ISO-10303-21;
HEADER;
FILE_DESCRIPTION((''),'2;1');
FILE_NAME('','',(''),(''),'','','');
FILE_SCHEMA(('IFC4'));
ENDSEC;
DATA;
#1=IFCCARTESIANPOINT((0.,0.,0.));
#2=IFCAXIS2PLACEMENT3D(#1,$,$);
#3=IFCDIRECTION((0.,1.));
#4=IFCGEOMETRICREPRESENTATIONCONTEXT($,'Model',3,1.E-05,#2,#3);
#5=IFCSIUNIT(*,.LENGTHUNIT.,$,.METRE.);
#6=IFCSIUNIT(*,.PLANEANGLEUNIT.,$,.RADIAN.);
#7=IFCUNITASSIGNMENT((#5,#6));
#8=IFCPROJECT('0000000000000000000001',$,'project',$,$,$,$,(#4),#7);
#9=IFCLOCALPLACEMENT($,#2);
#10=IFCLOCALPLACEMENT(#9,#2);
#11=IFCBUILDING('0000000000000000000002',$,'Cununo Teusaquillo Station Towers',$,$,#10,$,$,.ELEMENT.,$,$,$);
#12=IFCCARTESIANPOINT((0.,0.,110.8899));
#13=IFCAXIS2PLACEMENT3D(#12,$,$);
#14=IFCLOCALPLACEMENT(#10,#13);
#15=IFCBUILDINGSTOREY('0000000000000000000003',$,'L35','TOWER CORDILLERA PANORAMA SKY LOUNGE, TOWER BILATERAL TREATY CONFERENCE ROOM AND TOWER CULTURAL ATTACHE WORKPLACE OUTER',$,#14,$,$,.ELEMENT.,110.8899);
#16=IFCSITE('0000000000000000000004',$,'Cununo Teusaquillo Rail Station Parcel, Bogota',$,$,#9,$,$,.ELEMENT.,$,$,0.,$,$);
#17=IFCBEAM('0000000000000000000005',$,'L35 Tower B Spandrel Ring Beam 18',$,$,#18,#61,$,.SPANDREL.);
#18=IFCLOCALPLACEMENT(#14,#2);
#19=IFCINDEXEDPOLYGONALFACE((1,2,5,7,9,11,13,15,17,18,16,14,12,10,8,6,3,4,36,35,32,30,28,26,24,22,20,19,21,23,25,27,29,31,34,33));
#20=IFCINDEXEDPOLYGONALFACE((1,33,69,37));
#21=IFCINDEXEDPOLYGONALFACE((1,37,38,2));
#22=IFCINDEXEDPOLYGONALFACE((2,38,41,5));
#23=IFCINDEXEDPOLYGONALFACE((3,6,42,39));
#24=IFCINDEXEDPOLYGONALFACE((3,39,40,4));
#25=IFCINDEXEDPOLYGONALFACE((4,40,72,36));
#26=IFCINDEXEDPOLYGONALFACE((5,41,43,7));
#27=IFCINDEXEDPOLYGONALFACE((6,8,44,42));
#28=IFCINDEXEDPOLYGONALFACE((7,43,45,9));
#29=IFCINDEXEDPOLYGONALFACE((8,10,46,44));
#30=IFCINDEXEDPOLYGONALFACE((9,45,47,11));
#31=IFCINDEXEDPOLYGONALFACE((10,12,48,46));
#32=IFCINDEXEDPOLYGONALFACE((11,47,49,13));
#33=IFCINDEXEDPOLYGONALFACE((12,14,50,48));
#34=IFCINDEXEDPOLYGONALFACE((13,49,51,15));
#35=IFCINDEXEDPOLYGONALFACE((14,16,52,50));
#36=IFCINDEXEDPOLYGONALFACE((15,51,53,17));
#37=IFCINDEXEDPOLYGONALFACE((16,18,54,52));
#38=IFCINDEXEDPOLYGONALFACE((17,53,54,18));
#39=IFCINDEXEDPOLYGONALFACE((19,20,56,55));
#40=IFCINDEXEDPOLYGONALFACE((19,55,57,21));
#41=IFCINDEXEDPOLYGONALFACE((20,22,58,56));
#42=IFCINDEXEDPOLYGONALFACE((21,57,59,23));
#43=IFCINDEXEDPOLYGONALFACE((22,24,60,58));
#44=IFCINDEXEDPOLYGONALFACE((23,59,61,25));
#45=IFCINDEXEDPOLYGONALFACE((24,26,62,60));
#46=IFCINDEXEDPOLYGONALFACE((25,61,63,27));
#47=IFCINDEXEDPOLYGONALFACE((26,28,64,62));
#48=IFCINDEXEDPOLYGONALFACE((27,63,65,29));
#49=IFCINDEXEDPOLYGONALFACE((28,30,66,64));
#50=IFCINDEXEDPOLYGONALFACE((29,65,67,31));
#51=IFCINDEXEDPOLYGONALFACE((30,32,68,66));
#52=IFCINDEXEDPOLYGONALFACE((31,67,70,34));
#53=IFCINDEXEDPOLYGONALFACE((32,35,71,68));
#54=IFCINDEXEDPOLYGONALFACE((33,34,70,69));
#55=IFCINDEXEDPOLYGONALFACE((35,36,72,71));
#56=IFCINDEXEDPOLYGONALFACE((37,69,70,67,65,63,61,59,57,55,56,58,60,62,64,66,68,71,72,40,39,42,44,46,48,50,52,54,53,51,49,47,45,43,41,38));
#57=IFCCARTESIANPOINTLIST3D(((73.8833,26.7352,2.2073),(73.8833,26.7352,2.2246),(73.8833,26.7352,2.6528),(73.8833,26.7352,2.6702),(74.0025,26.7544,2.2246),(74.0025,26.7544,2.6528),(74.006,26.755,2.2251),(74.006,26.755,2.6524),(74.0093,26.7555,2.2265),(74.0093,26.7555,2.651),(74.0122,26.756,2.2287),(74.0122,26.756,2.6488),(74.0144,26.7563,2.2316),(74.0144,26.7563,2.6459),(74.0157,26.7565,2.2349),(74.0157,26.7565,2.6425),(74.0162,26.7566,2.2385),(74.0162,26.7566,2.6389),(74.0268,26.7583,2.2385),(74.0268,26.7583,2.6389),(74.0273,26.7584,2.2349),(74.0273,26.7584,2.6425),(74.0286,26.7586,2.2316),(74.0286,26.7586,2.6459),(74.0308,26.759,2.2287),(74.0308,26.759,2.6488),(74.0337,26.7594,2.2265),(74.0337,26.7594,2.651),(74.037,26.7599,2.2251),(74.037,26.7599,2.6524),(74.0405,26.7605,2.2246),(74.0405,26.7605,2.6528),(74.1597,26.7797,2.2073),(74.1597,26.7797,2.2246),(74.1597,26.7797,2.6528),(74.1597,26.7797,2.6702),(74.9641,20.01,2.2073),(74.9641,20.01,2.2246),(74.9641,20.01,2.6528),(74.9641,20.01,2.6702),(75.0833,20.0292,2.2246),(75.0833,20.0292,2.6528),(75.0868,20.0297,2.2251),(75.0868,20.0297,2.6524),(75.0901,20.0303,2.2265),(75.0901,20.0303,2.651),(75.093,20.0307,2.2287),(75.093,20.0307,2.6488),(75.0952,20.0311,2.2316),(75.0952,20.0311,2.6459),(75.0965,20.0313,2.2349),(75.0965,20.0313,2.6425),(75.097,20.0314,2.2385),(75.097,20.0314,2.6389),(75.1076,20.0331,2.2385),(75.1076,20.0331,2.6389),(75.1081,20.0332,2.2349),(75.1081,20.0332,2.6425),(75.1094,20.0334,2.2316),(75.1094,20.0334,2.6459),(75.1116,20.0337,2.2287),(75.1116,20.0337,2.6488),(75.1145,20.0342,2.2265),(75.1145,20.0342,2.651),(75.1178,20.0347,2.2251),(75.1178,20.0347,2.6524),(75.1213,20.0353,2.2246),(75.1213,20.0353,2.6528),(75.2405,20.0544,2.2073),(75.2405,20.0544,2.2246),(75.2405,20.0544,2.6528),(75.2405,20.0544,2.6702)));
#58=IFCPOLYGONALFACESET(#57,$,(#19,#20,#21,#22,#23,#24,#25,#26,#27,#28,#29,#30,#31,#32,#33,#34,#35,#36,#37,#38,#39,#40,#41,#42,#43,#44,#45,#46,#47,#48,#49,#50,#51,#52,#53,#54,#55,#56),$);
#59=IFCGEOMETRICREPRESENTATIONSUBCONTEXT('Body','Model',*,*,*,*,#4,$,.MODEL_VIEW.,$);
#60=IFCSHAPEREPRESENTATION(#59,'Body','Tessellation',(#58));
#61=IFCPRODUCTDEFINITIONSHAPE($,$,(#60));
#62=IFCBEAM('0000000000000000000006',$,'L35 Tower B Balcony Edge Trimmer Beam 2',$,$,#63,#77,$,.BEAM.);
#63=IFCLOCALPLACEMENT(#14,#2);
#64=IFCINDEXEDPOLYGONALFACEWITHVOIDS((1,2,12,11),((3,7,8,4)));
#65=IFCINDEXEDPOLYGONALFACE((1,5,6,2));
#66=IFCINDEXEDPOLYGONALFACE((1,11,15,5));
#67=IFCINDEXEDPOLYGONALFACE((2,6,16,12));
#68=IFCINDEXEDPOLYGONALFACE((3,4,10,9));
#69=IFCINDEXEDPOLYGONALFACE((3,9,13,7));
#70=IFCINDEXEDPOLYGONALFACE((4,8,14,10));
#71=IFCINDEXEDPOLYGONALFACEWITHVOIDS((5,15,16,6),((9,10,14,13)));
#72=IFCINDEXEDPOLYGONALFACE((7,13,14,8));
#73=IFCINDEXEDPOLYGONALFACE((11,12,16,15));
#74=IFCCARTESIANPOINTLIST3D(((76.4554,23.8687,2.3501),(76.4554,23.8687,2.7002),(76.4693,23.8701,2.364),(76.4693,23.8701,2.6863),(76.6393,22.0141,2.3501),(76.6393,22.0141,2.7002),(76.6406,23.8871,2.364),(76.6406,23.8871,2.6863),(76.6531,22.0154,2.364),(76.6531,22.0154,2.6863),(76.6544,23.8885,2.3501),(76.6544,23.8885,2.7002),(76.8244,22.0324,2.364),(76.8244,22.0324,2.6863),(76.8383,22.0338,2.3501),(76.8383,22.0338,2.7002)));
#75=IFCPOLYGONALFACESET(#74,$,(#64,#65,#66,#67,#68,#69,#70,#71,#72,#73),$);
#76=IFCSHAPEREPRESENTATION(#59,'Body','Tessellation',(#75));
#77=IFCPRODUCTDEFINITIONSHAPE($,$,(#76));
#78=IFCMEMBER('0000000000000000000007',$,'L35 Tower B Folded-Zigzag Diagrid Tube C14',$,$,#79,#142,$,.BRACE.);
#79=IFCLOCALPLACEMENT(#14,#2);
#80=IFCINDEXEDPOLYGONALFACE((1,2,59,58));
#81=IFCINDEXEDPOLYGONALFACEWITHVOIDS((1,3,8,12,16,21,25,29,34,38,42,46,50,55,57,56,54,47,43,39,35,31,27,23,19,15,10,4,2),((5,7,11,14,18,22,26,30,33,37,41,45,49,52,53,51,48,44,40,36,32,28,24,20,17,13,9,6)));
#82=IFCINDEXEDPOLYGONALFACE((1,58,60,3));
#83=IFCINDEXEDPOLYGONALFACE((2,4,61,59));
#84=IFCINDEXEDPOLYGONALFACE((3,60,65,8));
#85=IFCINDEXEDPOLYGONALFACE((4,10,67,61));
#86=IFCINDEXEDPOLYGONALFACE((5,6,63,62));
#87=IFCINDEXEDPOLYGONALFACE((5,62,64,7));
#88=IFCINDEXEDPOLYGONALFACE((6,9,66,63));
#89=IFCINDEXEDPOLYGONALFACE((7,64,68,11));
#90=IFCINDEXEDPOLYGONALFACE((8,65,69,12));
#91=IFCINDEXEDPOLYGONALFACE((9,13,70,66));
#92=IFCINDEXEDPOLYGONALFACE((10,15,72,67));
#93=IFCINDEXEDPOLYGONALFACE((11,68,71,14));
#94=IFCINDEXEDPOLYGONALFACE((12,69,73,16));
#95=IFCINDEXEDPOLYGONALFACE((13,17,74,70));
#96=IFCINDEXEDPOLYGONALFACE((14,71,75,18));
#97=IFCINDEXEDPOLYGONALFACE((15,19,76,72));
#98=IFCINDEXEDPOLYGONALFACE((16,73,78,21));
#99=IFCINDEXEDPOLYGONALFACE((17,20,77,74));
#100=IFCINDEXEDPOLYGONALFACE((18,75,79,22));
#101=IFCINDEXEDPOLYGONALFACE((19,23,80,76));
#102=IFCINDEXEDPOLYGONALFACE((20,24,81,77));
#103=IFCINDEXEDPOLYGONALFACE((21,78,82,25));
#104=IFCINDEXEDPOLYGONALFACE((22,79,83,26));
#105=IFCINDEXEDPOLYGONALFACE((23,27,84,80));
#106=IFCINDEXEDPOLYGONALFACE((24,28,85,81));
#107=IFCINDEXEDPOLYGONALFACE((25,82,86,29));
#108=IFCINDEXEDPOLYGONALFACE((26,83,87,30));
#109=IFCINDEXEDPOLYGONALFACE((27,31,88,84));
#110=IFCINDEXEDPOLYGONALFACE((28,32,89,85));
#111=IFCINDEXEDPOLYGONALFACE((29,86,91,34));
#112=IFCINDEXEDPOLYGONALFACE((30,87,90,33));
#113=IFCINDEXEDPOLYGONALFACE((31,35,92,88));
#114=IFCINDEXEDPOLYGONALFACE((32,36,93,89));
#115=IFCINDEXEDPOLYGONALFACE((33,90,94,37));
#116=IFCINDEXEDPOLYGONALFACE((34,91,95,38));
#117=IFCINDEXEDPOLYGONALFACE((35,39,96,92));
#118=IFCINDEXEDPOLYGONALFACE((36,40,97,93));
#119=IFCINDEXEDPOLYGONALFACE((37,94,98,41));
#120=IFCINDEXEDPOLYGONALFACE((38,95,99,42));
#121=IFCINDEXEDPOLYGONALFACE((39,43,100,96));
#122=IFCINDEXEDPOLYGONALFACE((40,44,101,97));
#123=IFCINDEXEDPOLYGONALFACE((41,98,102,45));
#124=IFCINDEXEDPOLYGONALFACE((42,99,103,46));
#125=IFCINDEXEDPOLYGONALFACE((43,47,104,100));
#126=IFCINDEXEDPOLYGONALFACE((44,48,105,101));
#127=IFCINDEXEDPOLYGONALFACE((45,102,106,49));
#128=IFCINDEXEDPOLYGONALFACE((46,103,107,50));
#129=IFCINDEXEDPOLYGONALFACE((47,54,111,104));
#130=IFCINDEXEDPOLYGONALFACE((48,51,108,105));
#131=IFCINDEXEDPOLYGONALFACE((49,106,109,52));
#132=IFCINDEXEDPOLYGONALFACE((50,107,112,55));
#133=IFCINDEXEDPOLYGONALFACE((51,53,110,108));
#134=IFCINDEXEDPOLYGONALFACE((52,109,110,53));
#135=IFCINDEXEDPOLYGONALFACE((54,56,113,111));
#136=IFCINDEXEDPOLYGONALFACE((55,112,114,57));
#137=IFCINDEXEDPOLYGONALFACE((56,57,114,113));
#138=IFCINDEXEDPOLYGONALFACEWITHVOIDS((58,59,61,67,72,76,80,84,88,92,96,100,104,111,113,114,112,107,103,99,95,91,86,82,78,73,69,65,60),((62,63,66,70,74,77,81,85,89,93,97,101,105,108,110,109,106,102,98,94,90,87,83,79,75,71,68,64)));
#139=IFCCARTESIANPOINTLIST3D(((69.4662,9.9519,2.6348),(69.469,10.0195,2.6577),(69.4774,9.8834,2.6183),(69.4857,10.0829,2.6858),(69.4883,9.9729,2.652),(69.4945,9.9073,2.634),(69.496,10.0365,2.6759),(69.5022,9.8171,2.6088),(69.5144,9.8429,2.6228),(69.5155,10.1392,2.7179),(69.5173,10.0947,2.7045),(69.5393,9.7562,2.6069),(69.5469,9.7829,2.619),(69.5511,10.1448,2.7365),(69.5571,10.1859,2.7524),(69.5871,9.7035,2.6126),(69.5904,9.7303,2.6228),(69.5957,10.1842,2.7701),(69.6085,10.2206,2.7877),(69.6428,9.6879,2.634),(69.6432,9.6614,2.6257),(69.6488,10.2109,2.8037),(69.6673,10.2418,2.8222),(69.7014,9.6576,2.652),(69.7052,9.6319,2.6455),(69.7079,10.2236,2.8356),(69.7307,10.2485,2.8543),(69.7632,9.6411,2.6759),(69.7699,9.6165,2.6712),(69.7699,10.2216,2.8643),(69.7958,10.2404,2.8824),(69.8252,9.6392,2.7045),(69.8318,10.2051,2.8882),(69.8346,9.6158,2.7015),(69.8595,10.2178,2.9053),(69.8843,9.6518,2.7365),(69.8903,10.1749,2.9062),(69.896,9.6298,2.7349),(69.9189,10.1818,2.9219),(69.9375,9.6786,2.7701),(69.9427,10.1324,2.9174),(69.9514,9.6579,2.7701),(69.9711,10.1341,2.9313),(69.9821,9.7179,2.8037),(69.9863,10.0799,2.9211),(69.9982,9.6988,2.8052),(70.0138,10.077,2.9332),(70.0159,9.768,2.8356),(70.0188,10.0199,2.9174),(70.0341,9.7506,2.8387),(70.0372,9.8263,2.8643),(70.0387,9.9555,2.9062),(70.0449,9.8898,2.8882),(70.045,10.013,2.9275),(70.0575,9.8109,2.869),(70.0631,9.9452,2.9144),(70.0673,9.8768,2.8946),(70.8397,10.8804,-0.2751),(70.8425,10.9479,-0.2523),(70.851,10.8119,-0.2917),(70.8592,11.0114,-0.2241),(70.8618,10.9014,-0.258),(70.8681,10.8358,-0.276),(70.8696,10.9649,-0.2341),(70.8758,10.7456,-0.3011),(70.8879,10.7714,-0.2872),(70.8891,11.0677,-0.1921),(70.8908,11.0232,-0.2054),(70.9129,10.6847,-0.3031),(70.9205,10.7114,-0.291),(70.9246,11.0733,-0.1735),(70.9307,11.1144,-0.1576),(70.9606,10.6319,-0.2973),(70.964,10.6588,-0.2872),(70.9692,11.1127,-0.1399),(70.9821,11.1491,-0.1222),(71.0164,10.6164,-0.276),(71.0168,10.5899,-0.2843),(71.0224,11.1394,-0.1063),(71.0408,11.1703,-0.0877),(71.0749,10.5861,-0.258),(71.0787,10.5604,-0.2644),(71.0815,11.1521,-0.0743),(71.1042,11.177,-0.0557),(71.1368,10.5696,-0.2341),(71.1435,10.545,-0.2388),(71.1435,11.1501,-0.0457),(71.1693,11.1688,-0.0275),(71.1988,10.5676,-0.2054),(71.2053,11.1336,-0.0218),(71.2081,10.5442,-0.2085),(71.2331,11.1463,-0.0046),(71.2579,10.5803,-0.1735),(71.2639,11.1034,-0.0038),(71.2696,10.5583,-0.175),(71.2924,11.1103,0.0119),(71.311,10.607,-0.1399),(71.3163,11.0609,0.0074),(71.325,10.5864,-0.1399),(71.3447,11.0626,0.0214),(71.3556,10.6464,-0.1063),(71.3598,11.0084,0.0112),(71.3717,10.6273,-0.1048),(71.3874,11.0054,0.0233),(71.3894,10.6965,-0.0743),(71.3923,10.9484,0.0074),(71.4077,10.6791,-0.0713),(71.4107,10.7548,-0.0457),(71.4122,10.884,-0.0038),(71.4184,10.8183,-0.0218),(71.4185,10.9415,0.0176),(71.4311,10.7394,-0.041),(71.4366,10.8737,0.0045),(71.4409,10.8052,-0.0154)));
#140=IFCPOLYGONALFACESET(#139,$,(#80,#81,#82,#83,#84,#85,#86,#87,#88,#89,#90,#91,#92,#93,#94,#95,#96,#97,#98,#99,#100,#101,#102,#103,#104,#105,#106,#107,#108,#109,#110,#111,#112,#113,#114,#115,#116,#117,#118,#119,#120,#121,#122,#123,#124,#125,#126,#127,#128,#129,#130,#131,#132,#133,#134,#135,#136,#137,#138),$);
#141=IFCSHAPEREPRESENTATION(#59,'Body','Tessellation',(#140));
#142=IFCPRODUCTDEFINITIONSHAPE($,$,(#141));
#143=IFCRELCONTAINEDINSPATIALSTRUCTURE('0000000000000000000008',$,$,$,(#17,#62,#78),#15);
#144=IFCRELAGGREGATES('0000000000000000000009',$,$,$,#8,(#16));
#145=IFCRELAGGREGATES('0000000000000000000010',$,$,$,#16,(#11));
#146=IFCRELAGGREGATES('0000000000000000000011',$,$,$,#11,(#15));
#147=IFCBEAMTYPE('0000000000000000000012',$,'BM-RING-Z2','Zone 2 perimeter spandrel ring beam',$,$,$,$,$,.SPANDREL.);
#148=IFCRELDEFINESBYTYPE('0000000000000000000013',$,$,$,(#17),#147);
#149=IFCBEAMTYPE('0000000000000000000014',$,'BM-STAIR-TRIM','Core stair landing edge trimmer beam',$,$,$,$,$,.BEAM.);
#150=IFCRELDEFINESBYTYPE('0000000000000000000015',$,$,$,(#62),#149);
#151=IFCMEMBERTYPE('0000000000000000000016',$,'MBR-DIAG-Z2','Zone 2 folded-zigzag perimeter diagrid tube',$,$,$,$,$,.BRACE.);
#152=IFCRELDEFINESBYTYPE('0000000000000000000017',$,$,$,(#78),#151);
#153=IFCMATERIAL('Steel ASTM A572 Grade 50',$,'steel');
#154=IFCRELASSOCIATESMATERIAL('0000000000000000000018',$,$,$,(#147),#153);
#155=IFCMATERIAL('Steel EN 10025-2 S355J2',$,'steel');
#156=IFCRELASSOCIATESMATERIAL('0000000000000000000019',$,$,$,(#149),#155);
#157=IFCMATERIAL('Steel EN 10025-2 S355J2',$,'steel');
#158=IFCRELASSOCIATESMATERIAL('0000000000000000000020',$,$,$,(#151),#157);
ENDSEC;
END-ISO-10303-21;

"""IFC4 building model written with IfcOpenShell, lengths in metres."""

from ifc_helpers import new_model, si_unit, direction, frame, origin, origin_2d, place, context, subcontext, project, spatial, hollow_rectangle, hollow_circle, i_section, extrude, material, material_profile, profile_set, type_object, element, save


model = new_model("IFC4")

# Units and contexts
model_context = context("Model", 3, precision=1e-05, world=origin(), true_north=direction((0.0, 1.0)))
body_context = subcontext(model_context, "Body", "Model", "MODEL_VIEW")
ifc_project = project(units=[si_unit("LENGTHUNIT", "METRE"), si_unit("PLANEANGLEUNIT", "RADIAN")], contexts=[model_context])

# Site, building, storey
site_placement = place(None, origin())
site = spatial("IfcSite", under=ifc_project, at=site_placement, Name="Cununo Teusaquillo Rail Station Parcel, Bogota", CompositionType="ELEMENT", RefElevation=0.0)
building_placement = place(site_placement, origin())
building = spatial("IfcBuilding", under=site, at=building_placement, Name="Cununo Teusaquillo Station Towers", CompositionType="ELEMENT")
storey_placement = place(building_placement, frame((0.0, 0.0, 110.8899)))
storey = spatial("IfcBuildingStorey", under=building, at=storey_placement, Name="L35", Description="TOWER CORDILLERA PANORAMA SKY LOUNGE, TOWER BILATERAL TREATY CONFERENCE ROOM AND TOWER CULTURAL ATTACHE WORKPLACE OUTER", CompositionType="ELEMENT", Elevation=110.8899)

# Beams
ifc_material_1 = material(Name="Steel ASTM A572 Grade 50", Category="steel")
ifc_material_profile_1 = material_profile(ifc_material_1, i_section(OverallWidth=0.28, OverallDepth=0.4629, WebThickness=0.0107, FlangeThickness=0.0173, FilletRadius=0.0139, at=origin_2d()), Name="W18X76")
ifc_profile_set_1 = profile_set([ifc_material_profile_1], Name="Steel ASTM A572 Grade 50")
beam_type_1 = type_object("IfcBeamType", Name="BM-RING-Z2", Description="Zone 2 perimeter spandrel ring beam", PredefinedType="SPANDREL", material=ifc_profile_set_1)
beam_1_placement = place(storey_placement, frame((75.1023, 20.0322, 2.4387), z_axis=(-0.158671, 0.987331, 0.0), x_axis=(-0.987331, -0.158671, 0.0)))
element("IfcBeam", 1, at=beam_1_placement, inside=storey, type_object=beam_type_1, Name="L35 Tower B Spandrel Ring Beam 18", PredefinedType="SPANDREL", context=body_context, shape_type="SweptSolid", body=[
    extrude(i_section(OverallWidth=0.28, OverallDepth=0.4629, WebThickness=0.0107, FlangeThickness=0.0173, FilletRadius=0.0139, at=origin_2d()), origin(), (0.0, 0.0, 1.0), 6.8115),
])
ifc_material_2 = material(Name="Steel EN 10025-2 S355J2", Category="steel")
ifc_material_profile_2 = material_profile(ifc_material_2, hollow_rectangle(XDim=0.2, YDim=0.3501, WallThickness=0.0139, at=origin_2d()), Name="RHS 350x200x14")
ifc_profile_set_2 = profile_set([ifc_material_profile_2], Name="Steel EN 10025-2 S355J2")
beam_type_2 = type_object("IfcBeamType", Name="BM-STAIR-TRIM", Description="Core stair landing edge trimmer beam", PredefinedType="BEAM", material=ifc_profile_set_2)
beam_2_placement = place(storey_placement, frame((76.7388, 22.0239, 2.5251), z_axis=(-0.098635, 0.995124, 0.0), x_axis=(-0.995124, -0.098635, 0.0)))
element("IfcBeam", 2, at=beam_2_placement, inside=storey, type_object=beam_type_2, Name="L35 Tower B Balcony Edge Trimmer Beam 2", PredefinedType="BEAM", context=body_context, shape_type="SweptSolid", body=[
    extrude(hollow_rectangle(XDim=0.2, YDim=0.3501, WallThickness=0.0139, at=origin_2d()), origin(), (0.0, 0.0, 1.0), 1.8638),
])

# Member
ifc_material_3 = material(Name="Steel EN 10025-2 S355J2", Category="steel")
ifc_material_profile_3 = material_profile(ifc_material_3, hollow_circle(Radius=0.3301, WallThickness=0.0249, at=origin_2d()), Name="CHS 660x25")
ifc_profile_set_3 = profile_set([ifc_material_profile_3], Name="Steel EN 10025-2 S355J2")
member_type = type_object("IfcMemberType", Name="MBR-DIAG-Z2", Description="Zone 2 folded-zigzag perimeter diagrid tube", PredefinedType="BRACE", material=ifc_profile_set_3)
member_1_placement = place(storey_placement, frame((71.1401, 10.8599, -0.1399), z_axis=(-0.410125, -0.277232, 0.868873), x_axis=(0.560024, -0.828476, 0.0)))
element("IfcMember", 3, at=member_1_placement, inside=storey, type_object=member_type, Name="L35 Tower B Folded-Zigzag Diagrid Tube C14", PredefinedType="BRACE", context=body_context, shape_type="SweptSolid", body=[
    extrude(hollow_circle(Radius=0.3301, WallThickness=0.0249, at=origin_2d()), origin(), (0.0, 0.0, 1.0), 3.3491),
])

save(model, "model.ifc")
